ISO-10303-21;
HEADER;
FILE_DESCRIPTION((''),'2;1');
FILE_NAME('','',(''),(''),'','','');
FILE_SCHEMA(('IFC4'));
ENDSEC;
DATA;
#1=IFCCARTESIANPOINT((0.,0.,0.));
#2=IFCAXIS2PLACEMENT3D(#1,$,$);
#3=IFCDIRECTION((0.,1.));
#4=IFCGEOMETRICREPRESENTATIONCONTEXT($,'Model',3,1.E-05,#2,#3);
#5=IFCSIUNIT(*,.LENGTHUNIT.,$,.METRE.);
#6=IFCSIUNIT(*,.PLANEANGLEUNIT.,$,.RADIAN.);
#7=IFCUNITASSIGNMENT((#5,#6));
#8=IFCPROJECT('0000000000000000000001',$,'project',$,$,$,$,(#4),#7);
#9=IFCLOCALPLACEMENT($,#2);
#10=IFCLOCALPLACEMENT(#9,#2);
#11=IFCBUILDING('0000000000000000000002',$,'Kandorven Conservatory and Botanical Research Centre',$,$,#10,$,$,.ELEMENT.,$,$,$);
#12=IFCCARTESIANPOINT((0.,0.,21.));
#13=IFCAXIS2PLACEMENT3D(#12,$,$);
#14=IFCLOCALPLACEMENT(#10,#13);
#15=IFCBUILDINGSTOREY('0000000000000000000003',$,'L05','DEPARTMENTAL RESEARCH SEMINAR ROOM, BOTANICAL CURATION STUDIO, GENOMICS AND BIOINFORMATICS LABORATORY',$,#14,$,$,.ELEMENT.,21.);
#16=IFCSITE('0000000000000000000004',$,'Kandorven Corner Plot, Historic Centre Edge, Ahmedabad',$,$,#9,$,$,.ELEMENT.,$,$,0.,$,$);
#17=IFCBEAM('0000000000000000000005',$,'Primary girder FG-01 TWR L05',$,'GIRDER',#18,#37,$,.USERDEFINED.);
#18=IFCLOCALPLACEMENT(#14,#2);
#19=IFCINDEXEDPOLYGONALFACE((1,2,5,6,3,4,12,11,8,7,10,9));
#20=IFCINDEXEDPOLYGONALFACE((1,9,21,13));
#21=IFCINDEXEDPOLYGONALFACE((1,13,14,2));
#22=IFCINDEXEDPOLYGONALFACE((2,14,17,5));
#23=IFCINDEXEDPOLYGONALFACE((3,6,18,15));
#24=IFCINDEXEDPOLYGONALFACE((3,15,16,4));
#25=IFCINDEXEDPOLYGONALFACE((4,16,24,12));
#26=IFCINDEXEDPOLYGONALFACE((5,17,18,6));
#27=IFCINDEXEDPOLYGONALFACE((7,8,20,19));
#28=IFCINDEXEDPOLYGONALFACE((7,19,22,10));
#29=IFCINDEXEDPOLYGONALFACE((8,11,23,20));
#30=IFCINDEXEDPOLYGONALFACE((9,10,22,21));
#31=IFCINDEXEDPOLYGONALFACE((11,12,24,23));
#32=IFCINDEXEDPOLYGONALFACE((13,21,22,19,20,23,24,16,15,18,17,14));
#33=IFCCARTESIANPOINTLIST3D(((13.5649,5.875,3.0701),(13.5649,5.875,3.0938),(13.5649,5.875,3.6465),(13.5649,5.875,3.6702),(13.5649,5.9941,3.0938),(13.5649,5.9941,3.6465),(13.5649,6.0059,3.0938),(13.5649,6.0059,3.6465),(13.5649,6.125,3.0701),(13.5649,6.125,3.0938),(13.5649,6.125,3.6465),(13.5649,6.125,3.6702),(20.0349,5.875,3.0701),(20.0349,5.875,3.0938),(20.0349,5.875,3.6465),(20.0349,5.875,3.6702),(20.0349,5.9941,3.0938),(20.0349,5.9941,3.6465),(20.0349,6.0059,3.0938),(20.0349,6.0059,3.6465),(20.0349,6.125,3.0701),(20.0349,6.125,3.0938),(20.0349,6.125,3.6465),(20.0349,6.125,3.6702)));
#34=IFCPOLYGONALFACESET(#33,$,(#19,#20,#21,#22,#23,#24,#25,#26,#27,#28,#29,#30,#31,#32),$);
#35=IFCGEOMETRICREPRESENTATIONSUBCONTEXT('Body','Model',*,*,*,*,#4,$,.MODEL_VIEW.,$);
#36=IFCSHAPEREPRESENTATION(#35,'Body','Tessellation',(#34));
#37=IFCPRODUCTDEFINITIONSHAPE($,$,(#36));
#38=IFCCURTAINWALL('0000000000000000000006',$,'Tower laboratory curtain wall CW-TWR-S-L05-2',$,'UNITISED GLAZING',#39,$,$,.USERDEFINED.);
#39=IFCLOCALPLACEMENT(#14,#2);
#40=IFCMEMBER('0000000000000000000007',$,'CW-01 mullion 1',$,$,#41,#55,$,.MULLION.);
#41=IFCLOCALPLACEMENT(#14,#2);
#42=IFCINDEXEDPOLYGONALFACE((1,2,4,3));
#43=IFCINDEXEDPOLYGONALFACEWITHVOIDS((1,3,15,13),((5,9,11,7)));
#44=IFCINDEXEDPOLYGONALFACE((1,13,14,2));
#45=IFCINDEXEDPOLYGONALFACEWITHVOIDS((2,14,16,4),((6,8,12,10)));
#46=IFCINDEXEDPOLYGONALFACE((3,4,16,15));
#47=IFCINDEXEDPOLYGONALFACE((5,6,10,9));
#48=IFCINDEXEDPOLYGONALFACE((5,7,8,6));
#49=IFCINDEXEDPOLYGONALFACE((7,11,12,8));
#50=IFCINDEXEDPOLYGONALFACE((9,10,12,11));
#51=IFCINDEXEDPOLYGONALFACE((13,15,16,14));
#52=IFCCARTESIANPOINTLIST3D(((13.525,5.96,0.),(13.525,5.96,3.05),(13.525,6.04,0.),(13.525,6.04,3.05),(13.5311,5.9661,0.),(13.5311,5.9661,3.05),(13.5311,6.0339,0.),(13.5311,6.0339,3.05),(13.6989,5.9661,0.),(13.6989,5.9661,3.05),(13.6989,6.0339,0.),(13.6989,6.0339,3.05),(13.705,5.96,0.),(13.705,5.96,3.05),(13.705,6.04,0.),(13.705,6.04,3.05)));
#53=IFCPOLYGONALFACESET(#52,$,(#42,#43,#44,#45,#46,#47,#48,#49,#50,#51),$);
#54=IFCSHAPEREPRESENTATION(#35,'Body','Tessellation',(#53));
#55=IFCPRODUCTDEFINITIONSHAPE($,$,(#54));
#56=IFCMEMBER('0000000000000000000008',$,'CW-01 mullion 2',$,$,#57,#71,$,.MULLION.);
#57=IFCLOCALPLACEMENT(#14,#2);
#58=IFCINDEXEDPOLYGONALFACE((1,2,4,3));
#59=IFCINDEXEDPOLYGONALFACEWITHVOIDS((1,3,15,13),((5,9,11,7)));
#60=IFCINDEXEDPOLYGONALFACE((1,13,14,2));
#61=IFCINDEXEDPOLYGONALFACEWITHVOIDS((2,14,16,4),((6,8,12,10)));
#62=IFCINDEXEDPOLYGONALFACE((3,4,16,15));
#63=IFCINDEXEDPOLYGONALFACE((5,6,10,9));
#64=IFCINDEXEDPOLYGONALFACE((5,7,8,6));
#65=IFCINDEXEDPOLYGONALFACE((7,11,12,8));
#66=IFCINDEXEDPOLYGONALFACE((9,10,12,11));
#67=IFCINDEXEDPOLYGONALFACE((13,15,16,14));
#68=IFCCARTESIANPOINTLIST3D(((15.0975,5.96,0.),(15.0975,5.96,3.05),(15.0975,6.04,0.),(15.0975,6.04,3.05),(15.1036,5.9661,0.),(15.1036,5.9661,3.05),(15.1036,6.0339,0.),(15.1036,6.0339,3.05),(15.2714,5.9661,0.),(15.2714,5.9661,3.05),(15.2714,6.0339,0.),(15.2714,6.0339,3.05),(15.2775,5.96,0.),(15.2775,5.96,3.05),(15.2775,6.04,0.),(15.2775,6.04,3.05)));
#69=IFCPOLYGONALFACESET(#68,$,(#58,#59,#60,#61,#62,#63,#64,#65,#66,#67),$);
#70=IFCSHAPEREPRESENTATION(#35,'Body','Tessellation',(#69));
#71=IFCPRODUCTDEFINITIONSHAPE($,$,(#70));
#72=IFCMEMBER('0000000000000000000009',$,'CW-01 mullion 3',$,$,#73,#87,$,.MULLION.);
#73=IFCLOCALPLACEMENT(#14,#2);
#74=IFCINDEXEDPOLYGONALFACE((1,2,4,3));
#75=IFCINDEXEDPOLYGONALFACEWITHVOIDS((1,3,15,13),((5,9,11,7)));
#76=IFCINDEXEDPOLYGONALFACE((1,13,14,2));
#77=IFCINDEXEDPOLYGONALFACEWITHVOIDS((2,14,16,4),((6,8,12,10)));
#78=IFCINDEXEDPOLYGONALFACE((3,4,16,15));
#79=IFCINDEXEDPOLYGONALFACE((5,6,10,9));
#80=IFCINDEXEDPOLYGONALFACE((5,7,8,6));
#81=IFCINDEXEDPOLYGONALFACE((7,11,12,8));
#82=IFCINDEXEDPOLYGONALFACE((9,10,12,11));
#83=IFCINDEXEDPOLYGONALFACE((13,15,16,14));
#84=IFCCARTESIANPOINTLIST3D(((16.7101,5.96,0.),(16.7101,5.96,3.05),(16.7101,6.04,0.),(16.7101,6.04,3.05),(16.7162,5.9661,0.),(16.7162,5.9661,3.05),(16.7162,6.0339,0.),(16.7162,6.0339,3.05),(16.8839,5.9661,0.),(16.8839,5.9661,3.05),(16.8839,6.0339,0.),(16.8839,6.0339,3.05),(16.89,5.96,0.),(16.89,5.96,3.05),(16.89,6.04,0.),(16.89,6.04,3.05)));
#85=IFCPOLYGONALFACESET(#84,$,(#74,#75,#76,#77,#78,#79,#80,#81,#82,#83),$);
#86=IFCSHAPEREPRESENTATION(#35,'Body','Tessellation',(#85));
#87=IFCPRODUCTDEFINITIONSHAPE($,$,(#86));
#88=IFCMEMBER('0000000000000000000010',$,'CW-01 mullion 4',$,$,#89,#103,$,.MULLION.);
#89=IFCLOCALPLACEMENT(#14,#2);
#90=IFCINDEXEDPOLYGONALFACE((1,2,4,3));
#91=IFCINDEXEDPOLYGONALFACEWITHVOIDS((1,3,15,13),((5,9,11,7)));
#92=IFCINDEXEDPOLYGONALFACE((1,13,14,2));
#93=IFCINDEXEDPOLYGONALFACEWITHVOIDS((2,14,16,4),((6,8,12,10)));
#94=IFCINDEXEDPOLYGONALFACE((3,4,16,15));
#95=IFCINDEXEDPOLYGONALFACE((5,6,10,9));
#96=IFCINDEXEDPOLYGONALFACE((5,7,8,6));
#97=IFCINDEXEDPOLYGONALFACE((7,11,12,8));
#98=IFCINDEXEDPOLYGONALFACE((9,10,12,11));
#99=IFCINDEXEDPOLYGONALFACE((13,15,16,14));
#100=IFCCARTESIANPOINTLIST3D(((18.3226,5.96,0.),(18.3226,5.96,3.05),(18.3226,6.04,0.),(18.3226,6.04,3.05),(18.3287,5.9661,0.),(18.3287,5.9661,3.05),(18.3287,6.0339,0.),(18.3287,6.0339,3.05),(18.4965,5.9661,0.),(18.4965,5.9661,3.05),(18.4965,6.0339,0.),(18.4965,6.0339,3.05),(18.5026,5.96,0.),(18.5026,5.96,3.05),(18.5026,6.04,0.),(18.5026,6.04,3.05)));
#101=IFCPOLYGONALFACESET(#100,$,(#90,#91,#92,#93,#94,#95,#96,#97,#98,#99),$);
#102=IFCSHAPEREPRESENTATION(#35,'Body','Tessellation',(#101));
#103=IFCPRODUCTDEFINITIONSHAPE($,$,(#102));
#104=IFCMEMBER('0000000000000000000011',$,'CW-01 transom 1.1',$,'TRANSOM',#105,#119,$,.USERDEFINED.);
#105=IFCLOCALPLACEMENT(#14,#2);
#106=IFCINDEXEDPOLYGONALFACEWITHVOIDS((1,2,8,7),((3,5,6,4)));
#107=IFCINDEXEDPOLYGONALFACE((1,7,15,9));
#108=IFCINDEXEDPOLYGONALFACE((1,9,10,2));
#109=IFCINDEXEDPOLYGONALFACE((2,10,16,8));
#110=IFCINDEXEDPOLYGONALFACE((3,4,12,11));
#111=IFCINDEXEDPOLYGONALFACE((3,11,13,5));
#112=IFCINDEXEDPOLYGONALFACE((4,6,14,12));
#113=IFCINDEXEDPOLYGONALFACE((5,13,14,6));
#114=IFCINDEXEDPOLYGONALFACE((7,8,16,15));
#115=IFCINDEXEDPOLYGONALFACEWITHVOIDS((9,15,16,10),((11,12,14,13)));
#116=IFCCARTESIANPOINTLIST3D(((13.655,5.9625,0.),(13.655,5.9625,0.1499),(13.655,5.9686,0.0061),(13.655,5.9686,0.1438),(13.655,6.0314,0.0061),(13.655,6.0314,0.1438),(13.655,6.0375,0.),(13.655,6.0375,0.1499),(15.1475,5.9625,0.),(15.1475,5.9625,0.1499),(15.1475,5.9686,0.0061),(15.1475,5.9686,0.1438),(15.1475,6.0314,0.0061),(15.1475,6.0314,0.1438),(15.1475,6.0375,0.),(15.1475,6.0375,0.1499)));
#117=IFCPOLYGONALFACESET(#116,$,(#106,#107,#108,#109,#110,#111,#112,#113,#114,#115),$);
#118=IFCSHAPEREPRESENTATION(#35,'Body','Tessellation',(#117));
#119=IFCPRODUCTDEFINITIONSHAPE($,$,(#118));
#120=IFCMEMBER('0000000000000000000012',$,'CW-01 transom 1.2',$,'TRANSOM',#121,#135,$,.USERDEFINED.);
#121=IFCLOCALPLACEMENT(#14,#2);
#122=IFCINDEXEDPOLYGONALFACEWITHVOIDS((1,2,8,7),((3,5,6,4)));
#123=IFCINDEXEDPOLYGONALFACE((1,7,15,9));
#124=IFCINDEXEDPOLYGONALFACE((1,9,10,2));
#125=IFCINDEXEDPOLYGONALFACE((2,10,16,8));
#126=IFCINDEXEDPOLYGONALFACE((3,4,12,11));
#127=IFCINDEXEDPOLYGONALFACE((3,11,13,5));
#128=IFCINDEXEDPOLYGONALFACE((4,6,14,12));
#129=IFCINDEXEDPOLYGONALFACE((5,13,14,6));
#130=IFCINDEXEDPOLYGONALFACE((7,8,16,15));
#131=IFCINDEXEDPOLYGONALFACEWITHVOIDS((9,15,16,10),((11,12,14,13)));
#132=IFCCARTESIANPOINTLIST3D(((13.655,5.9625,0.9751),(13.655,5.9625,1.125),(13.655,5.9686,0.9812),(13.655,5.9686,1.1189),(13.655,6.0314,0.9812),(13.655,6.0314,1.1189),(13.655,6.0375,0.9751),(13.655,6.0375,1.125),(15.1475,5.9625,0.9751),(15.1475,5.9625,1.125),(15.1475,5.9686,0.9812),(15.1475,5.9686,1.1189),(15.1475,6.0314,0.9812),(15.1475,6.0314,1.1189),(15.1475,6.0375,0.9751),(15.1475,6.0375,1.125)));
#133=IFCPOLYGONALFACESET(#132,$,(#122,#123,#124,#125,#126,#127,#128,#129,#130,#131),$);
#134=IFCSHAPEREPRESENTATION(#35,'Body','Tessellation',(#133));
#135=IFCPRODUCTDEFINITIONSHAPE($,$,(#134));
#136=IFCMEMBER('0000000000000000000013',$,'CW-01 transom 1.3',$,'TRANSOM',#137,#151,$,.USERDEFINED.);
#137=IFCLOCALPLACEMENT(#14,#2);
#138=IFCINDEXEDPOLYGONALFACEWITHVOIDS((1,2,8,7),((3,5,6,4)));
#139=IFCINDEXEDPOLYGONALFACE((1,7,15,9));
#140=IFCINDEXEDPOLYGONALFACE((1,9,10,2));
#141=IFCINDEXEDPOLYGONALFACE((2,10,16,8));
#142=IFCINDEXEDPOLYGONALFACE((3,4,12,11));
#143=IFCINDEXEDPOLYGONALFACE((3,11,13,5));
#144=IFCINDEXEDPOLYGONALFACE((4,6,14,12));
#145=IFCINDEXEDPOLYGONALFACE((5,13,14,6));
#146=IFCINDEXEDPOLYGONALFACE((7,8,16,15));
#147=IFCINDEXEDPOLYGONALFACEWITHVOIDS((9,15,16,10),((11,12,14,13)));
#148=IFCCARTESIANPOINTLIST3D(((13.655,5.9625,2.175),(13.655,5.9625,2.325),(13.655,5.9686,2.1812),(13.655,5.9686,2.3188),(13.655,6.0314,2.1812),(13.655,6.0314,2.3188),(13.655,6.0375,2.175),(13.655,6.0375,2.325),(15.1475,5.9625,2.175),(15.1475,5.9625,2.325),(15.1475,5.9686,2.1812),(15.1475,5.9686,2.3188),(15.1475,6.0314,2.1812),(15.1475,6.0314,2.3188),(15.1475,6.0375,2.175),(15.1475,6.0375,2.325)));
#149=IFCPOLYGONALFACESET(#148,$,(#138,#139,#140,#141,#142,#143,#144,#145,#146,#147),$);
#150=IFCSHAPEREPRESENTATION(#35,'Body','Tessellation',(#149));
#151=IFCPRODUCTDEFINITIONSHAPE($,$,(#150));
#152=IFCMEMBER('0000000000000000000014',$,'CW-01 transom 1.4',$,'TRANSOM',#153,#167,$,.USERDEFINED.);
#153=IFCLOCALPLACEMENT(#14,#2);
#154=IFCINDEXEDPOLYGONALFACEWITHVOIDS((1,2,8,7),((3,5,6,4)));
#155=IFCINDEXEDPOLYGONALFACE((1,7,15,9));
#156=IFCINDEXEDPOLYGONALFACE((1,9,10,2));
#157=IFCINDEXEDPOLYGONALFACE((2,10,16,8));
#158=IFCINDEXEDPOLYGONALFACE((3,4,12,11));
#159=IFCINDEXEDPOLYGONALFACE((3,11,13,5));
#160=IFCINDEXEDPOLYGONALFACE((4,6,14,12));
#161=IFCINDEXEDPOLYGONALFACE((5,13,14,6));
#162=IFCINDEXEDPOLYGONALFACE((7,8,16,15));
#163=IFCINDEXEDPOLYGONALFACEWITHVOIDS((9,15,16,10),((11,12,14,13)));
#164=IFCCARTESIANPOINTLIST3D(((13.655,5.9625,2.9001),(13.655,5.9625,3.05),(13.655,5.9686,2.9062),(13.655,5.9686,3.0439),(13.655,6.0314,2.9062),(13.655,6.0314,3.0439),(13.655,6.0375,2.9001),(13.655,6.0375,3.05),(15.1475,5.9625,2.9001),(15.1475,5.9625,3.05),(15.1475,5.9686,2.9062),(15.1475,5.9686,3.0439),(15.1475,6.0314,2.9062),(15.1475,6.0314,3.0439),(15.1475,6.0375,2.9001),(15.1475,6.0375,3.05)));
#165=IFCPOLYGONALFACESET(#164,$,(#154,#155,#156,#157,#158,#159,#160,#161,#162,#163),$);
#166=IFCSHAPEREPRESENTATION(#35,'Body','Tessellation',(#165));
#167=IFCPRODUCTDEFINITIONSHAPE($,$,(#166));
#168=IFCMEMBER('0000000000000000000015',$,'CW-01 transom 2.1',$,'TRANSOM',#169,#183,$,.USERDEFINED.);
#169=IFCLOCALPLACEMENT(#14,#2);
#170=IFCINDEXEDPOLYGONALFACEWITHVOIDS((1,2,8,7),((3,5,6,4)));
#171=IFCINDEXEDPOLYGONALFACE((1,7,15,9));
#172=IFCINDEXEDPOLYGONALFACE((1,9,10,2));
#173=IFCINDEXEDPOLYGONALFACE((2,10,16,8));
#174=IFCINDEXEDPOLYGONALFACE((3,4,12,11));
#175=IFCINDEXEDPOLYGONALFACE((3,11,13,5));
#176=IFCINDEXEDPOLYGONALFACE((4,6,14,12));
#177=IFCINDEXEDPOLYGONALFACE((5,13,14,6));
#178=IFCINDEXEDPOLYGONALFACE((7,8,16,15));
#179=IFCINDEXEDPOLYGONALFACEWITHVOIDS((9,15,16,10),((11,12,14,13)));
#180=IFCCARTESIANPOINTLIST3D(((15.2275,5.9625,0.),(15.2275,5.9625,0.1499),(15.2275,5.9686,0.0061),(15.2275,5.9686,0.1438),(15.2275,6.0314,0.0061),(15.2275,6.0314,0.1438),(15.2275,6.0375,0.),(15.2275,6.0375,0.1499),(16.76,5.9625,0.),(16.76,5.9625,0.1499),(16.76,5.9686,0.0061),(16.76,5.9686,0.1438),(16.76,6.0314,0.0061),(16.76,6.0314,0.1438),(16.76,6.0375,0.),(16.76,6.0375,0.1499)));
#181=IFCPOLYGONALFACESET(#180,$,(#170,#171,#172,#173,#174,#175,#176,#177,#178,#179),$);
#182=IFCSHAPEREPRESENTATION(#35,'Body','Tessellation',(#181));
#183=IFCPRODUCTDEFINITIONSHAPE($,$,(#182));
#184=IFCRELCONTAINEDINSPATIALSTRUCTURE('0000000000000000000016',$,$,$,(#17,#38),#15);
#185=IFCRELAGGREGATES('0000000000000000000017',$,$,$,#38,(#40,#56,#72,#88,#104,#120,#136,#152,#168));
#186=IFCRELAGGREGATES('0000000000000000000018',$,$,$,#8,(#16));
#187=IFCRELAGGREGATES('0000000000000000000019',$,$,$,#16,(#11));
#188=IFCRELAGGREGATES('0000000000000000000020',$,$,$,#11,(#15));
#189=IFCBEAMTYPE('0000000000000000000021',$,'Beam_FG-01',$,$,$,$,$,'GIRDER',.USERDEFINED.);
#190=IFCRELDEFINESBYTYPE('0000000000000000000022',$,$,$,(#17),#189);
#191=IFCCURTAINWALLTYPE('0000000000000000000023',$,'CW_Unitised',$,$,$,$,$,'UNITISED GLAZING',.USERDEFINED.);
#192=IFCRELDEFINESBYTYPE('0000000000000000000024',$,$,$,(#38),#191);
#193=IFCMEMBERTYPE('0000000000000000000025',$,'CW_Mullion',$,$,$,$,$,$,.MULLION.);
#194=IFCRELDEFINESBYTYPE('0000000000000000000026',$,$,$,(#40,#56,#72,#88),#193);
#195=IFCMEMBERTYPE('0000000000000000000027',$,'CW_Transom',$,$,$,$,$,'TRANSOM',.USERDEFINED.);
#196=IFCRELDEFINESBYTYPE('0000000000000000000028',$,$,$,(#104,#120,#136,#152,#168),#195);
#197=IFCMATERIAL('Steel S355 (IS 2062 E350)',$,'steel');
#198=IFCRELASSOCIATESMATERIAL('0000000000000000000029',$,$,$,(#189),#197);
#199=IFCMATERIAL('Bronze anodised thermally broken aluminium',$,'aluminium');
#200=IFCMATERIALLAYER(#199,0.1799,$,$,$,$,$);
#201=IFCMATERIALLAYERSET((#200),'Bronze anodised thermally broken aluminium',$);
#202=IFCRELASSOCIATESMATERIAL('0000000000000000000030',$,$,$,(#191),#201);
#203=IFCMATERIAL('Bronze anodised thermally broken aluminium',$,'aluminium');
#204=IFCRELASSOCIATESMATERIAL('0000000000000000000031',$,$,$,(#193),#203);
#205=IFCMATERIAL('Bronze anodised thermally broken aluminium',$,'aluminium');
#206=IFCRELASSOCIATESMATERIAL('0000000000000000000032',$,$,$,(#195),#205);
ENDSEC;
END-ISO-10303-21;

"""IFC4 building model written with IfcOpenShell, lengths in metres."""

from ifc_helpers import new_model, si_unit, direction, frame, origin, origin_2d, place, context, subcontext, project, spatial, hollow_rectangle, i_section, extrude, material, layer, layer_set, material_profile, profile_set, type_object, element, aggregate, save


model = new_model("IFC4")

# Units and contexts
model_context = context("Model", 3, precision=1e-05, world=origin(), true_north=direction((0.0, 1.0)))
body_context = subcontext(model_context, "Body", "Model", "MODEL_VIEW")
ifc_project = project(units=[si_unit("LENGTHUNIT", "METRE"), si_unit("PLANEANGLEUNIT", "RADIAN")], contexts=[model_context])

# Site, building, storey
site_placement = place(None, origin())
site = spatial("IfcSite", under=ifc_project, at=site_placement, Name="Kandorven Corner Plot, Historic Centre Edge, Ahmedabad", CompositionType="ELEMENT", RefElevation=0.0)
building_placement = place(site_placement, origin())
building = spatial("IfcBuilding", under=site, at=building_placement, Name="Kandorven Conservatory and Botanical Research Centre", CompositionType="ELEMENT")
storey_placement = place(building_placement, frame((0.0, 0.0, 21.0)))
storey = spatial("IfcBuildingStorey", under=building, at=storey_placement, Name="L05", Description="DEPARTMENTAL RESEARCH SEMINAR ROOM, BOTANICAL CURATION STUDIO, GENOMICS AND BIOINFORMATICS LABORATORY", CompositionType="ELEMENT", Elevation=21.0)

# Beam
ifc_material_1 = material(Name="Steel S355 (IS 2062 E350)", Category="steel")
ifc_material_profile_1 = material_profile(ifc_material_1, i_section(OverallWidth=0.25, OverallDepth=0.6001, WebThickness=0.0117, FlangeThickness=0.0237, at=origin_2d()))
ifc_profile_set_1 = profile_set([ifc_material_profile_1], Name="Steel S355 (IS 2062 E350)")
beam_type = type_object("IfcBeamType", Name="Beam_FG-01", ElementType="GIRDER", PredefinedType="USERDEFINED", material=ifc_profile_set_1)
beam_placement = place(storey_placement, frame((13.5649, 6.0, 3.3701), z_axis=(1.0, 0.0, 0.0), x_axis=(0.0, 1.0, 0.0)))
element("IfcBeam", 1, at=beam_placement, inside=storey, type_object=beam_type, Name="Primary girder FG-01 TWR L05", ObjectType="GIRDER", PredefinedType="USERDEFINED", context=body_context, shape_type="SweptSolid", body=[
    extrude(i_section(OverallWidth=0.25, OverallDepth=0.6001, WebThickness=0.0117, FlangeThickness=0.0237, at=origin_2d()), origin(), (0.0, 0.0, 1.0), 6.47),
])

# Curtain wall, members
ifc_material_2 = material(Name="Bronze anodised thermally broken aluminium", Category="aluminium")
ifc_layer_1 = layer(ifc_material_2, 0.1799)
ifc_layer_set_1 = layer_set([ifc_layer_1], Name="Bronze anodised thermally broken aluminium")
curtain_wall_type = type_object("IfcCurtainWallType", Name="CW_Unitised", ElementType="UNITISED GLAZING", PredefinedType="USERDEFINED", material=ifc_layer_set_1)
curtain_wall_placement = place(storey_placement, origin())
curtain_wall = element("IfcCurtainWall", 2, at=curtain_wall_placement, inside=storey, type_object=curtain_wall_type, Name="Tower laboratory curtain wall CW-TWR-S-L05-2", ObjectType="UNITISED GLAZING", PredefinedType="USERDEFINED")
ifc_material_3 = material(Name="Bronze anodised thermally broken aluminium", Category="aluminium")
ifc_material_profile_2 = material_profile(ifc_material_3, hollow_rectangle(XDim=0.0801, YDim=0.1799, WallThickness=0.0061, at=origin_2d()))
ifc_profile_set_2 = profile_set([ifc_material_profile_2], Name="Bronze anodised thermally broken aluminium")
member_type_1 = type_object("IfcMemberType", Name="CW_Mullion", PredefinedType="MULLION", material=ifc_profile_set_2)
member_1_placement = place(storey_placement, frame((13.615, 6.0, 0.0), z_axis=(0.0, 0.0, 1.0), x_axis=(0.0, 1.0, 0.0)))
member_1 = element("IfcMember", 3, at=member_1_placement, type_object=member_type_1, Name="CW-01 mullion 1", PredefinedType="MULLION", context=body_context, shape_type="SweptSolid", body=[
    extrude(hollow_rectangle(XDim=0.0801, YDim=0.1799, WallThickness=0.0061, at=origin_2d()), origin(), (0.0, 0.0, 1.0), 3.05),
])
member_2_placement = place(storey_placement, frame((15.1875, 6.0, 0.0), z_axis=(0.0, 0.0, 1.0), x_axis=(0.0, 1.0, 0.0)))
member_2 = element("IfcMember", 4, at=member_2_placement, type_object=member_type_1, Name="CW-01 mullion 2", PredefinedType="MULLION", context=body_context, shape_type="SweptSolid", body=[
    extrude(hollow_rectangle(XDim=0.0801, YDim=0.1799, WallThickness=0.0061, at=origin_2d()), origin(), (0.0, 0.0, 1.0), 3.05),
])
member_3_placement = place(storey_placement, frame((16.8, 6.0, 0.0), z_axis=(0.0, 0.0, 1.0), x_axis=(0.0, 1.0, 0.0)))
member_3 = element("IfcMember", 5, at=member_3_placement, type_object=member_type_1, Name="CW-01 mullion 3", PredefinedType="MULLION", context=body_context, shape_type="SweptSolid", body=[
    extrude(hollow_rectangle(XDim=0.0801, YDim=0.1799, WallThickness=0.0061, at=origin_2d()), origin(), (0.0, 0.0, 1.0), 3.05),
])
member_4_placement = place(storey_placement, frame((18.4126, 6.0, 0.0), z_axis=(0.0, 0.0, 1.0), x_axis=(0.0, 1.0, 0.0)))
member_4 = element("IfcMember", 6, at=member_4_placement, type_object=member_type_1, Name="CW-01 mullion 4", PredefinedType="MULLION", context=body_context, shape_type="SweptSolid", body=[
    extrude(hollow_rectangle(XDim=0.0801, YDim=0.1799, WallThickness=0.0061, at=origin_2d()), origin(), (0.0, 0.0, 1.0), 3.05),
])
ifc_material_4 = material(Name="Bronze anodised thermally broken aluminium", Category="aluminium")
ifc_material_profile_3 = material_profile(ifc_material_4, hollow_rectangle(XDim=0.075, YDim=0.1499, WallThickness=0.0061, at=origin_2d()))
ifc_profile_set_3 = profile_set([ifc_material_profile_3], Name="Bronze anodised thermally broken aluminium")
member_type_2 = type_object("IfcMemberType", Name="CW_Transom", ElementType="TRANSOM", PredefinedType="USERDEFINED", material=ifc_profile_set_3)
member_5_placement = place(storey_placement, frame((13.655, 6.0, 0.075), z_axis=(1.0, 0.0, 0.0), x_axis=(0.0, 1.0, 0.0)))
member_5 = element("IfcMember", 7, at=member_5_placement, type_object=member_type_2, Name="CW-01 transom 1.1", ObjectType="TRANSOM", PredefinedType="USERDEFINED", context=body_context, shape_type="SweptSolid", body=[
    extrude(hollow_rectangle(XDim=0.075, YDim=0.1499, WallThickness=0.0061, at=origin_2d()), origin(), (0.0, 0.0, 1.0), 1.4924),
])
member_6_placement = place(storey_placement, frame((13.655, 6.0, 1.05), z_axis=(1.0, 0.0, 0.0), x_axis=(0.0, 1.0, 0.0)))
member_6 = element("IfcMember", 8, at=member_6_placement, type_object=member_type_2, Name="CW-01 transom 1.2", ObjectType="TRANSOM", PredefinedType="USERDEFINED", context=body_context, shape_type="SweptSolid", body=[
    extrude(hollow_rectangle(XDim=0.075, YDim=0.1499, WallThickness=0.0061, at=origin_2d()), origin(), (0.0, 0.0, 1.0), 1.4924),
])
member_7_placement = place(storey_placement, frame((13.655, 6.0, 2.25), z_axis=(1.0, 0.0, 0.0), x_axis=(0.0, 1.0, 0.0)))
member_7 = element("IfcMember", 9, at=member_7_placement, type_object=member_type_2, Name="CW-01 transom 1.3", ObjectType="TRANSOM", PredefinedType="USERDEFINED", context=body_context, shape_type="SweptSolid", body=[
    extrude(hollow_rectangle(XDim=0.075, YDim=0.1499, WallThickness=0.0061, at=origin_2d()), origin(), (0.0, 0.0, 1.0), 1.4924),
])
member_8_placement = place(storey_placement, frame((13.655, 6.0, 2.9751), z_axis=(1.0, 0.0, 0.0), x_axis=(0.0, 1.0, 0.0)))
member_8 = element("IfcMember", 10, at=member_8_placement, type_object=member_type_2, Name="CW-01 transom 1.4", ObjectType="TRANSOM", PredefinedType="USERDEFINED", context=body_context, shape_type="SweptSolid", body=[
    extrude(hollow_rectangle(XDim=0.075, YDim=0.1499, WallThickness=0.0061, at=origin_2d()), origin(), (0.0, 0.0, 1.0), 1.4924),
])
member_9_placement = place(storey_placement, frame((15.2275, 6.0, 0.075), z_axis=(1.0, 0.0, 0.0), x_axis=(0.0, 1.0, 0.0)))
member_9 = element("IfcMember", 11, at=member_9_placement, type_object=member_type_2, Name="CW-01 transom 2.1", ObjectType="TRANSOM", PredefinedType="USERDEFINED", context=body_context, shape_type="SweptSolid", body=[
    extrude(hollow_rectangle(XDim=0.075, YDim=0.1499, WallThickness=0.0061, at=origin_2d()), origin(), (0.0, 0.0, 1.0), 1.5325),
])
aggregate(curtain_wall, [member_1, member_2, member_3, member_4, member_5, member_6, member_7, member_8, member_9])

save(model, "model.ifc")
